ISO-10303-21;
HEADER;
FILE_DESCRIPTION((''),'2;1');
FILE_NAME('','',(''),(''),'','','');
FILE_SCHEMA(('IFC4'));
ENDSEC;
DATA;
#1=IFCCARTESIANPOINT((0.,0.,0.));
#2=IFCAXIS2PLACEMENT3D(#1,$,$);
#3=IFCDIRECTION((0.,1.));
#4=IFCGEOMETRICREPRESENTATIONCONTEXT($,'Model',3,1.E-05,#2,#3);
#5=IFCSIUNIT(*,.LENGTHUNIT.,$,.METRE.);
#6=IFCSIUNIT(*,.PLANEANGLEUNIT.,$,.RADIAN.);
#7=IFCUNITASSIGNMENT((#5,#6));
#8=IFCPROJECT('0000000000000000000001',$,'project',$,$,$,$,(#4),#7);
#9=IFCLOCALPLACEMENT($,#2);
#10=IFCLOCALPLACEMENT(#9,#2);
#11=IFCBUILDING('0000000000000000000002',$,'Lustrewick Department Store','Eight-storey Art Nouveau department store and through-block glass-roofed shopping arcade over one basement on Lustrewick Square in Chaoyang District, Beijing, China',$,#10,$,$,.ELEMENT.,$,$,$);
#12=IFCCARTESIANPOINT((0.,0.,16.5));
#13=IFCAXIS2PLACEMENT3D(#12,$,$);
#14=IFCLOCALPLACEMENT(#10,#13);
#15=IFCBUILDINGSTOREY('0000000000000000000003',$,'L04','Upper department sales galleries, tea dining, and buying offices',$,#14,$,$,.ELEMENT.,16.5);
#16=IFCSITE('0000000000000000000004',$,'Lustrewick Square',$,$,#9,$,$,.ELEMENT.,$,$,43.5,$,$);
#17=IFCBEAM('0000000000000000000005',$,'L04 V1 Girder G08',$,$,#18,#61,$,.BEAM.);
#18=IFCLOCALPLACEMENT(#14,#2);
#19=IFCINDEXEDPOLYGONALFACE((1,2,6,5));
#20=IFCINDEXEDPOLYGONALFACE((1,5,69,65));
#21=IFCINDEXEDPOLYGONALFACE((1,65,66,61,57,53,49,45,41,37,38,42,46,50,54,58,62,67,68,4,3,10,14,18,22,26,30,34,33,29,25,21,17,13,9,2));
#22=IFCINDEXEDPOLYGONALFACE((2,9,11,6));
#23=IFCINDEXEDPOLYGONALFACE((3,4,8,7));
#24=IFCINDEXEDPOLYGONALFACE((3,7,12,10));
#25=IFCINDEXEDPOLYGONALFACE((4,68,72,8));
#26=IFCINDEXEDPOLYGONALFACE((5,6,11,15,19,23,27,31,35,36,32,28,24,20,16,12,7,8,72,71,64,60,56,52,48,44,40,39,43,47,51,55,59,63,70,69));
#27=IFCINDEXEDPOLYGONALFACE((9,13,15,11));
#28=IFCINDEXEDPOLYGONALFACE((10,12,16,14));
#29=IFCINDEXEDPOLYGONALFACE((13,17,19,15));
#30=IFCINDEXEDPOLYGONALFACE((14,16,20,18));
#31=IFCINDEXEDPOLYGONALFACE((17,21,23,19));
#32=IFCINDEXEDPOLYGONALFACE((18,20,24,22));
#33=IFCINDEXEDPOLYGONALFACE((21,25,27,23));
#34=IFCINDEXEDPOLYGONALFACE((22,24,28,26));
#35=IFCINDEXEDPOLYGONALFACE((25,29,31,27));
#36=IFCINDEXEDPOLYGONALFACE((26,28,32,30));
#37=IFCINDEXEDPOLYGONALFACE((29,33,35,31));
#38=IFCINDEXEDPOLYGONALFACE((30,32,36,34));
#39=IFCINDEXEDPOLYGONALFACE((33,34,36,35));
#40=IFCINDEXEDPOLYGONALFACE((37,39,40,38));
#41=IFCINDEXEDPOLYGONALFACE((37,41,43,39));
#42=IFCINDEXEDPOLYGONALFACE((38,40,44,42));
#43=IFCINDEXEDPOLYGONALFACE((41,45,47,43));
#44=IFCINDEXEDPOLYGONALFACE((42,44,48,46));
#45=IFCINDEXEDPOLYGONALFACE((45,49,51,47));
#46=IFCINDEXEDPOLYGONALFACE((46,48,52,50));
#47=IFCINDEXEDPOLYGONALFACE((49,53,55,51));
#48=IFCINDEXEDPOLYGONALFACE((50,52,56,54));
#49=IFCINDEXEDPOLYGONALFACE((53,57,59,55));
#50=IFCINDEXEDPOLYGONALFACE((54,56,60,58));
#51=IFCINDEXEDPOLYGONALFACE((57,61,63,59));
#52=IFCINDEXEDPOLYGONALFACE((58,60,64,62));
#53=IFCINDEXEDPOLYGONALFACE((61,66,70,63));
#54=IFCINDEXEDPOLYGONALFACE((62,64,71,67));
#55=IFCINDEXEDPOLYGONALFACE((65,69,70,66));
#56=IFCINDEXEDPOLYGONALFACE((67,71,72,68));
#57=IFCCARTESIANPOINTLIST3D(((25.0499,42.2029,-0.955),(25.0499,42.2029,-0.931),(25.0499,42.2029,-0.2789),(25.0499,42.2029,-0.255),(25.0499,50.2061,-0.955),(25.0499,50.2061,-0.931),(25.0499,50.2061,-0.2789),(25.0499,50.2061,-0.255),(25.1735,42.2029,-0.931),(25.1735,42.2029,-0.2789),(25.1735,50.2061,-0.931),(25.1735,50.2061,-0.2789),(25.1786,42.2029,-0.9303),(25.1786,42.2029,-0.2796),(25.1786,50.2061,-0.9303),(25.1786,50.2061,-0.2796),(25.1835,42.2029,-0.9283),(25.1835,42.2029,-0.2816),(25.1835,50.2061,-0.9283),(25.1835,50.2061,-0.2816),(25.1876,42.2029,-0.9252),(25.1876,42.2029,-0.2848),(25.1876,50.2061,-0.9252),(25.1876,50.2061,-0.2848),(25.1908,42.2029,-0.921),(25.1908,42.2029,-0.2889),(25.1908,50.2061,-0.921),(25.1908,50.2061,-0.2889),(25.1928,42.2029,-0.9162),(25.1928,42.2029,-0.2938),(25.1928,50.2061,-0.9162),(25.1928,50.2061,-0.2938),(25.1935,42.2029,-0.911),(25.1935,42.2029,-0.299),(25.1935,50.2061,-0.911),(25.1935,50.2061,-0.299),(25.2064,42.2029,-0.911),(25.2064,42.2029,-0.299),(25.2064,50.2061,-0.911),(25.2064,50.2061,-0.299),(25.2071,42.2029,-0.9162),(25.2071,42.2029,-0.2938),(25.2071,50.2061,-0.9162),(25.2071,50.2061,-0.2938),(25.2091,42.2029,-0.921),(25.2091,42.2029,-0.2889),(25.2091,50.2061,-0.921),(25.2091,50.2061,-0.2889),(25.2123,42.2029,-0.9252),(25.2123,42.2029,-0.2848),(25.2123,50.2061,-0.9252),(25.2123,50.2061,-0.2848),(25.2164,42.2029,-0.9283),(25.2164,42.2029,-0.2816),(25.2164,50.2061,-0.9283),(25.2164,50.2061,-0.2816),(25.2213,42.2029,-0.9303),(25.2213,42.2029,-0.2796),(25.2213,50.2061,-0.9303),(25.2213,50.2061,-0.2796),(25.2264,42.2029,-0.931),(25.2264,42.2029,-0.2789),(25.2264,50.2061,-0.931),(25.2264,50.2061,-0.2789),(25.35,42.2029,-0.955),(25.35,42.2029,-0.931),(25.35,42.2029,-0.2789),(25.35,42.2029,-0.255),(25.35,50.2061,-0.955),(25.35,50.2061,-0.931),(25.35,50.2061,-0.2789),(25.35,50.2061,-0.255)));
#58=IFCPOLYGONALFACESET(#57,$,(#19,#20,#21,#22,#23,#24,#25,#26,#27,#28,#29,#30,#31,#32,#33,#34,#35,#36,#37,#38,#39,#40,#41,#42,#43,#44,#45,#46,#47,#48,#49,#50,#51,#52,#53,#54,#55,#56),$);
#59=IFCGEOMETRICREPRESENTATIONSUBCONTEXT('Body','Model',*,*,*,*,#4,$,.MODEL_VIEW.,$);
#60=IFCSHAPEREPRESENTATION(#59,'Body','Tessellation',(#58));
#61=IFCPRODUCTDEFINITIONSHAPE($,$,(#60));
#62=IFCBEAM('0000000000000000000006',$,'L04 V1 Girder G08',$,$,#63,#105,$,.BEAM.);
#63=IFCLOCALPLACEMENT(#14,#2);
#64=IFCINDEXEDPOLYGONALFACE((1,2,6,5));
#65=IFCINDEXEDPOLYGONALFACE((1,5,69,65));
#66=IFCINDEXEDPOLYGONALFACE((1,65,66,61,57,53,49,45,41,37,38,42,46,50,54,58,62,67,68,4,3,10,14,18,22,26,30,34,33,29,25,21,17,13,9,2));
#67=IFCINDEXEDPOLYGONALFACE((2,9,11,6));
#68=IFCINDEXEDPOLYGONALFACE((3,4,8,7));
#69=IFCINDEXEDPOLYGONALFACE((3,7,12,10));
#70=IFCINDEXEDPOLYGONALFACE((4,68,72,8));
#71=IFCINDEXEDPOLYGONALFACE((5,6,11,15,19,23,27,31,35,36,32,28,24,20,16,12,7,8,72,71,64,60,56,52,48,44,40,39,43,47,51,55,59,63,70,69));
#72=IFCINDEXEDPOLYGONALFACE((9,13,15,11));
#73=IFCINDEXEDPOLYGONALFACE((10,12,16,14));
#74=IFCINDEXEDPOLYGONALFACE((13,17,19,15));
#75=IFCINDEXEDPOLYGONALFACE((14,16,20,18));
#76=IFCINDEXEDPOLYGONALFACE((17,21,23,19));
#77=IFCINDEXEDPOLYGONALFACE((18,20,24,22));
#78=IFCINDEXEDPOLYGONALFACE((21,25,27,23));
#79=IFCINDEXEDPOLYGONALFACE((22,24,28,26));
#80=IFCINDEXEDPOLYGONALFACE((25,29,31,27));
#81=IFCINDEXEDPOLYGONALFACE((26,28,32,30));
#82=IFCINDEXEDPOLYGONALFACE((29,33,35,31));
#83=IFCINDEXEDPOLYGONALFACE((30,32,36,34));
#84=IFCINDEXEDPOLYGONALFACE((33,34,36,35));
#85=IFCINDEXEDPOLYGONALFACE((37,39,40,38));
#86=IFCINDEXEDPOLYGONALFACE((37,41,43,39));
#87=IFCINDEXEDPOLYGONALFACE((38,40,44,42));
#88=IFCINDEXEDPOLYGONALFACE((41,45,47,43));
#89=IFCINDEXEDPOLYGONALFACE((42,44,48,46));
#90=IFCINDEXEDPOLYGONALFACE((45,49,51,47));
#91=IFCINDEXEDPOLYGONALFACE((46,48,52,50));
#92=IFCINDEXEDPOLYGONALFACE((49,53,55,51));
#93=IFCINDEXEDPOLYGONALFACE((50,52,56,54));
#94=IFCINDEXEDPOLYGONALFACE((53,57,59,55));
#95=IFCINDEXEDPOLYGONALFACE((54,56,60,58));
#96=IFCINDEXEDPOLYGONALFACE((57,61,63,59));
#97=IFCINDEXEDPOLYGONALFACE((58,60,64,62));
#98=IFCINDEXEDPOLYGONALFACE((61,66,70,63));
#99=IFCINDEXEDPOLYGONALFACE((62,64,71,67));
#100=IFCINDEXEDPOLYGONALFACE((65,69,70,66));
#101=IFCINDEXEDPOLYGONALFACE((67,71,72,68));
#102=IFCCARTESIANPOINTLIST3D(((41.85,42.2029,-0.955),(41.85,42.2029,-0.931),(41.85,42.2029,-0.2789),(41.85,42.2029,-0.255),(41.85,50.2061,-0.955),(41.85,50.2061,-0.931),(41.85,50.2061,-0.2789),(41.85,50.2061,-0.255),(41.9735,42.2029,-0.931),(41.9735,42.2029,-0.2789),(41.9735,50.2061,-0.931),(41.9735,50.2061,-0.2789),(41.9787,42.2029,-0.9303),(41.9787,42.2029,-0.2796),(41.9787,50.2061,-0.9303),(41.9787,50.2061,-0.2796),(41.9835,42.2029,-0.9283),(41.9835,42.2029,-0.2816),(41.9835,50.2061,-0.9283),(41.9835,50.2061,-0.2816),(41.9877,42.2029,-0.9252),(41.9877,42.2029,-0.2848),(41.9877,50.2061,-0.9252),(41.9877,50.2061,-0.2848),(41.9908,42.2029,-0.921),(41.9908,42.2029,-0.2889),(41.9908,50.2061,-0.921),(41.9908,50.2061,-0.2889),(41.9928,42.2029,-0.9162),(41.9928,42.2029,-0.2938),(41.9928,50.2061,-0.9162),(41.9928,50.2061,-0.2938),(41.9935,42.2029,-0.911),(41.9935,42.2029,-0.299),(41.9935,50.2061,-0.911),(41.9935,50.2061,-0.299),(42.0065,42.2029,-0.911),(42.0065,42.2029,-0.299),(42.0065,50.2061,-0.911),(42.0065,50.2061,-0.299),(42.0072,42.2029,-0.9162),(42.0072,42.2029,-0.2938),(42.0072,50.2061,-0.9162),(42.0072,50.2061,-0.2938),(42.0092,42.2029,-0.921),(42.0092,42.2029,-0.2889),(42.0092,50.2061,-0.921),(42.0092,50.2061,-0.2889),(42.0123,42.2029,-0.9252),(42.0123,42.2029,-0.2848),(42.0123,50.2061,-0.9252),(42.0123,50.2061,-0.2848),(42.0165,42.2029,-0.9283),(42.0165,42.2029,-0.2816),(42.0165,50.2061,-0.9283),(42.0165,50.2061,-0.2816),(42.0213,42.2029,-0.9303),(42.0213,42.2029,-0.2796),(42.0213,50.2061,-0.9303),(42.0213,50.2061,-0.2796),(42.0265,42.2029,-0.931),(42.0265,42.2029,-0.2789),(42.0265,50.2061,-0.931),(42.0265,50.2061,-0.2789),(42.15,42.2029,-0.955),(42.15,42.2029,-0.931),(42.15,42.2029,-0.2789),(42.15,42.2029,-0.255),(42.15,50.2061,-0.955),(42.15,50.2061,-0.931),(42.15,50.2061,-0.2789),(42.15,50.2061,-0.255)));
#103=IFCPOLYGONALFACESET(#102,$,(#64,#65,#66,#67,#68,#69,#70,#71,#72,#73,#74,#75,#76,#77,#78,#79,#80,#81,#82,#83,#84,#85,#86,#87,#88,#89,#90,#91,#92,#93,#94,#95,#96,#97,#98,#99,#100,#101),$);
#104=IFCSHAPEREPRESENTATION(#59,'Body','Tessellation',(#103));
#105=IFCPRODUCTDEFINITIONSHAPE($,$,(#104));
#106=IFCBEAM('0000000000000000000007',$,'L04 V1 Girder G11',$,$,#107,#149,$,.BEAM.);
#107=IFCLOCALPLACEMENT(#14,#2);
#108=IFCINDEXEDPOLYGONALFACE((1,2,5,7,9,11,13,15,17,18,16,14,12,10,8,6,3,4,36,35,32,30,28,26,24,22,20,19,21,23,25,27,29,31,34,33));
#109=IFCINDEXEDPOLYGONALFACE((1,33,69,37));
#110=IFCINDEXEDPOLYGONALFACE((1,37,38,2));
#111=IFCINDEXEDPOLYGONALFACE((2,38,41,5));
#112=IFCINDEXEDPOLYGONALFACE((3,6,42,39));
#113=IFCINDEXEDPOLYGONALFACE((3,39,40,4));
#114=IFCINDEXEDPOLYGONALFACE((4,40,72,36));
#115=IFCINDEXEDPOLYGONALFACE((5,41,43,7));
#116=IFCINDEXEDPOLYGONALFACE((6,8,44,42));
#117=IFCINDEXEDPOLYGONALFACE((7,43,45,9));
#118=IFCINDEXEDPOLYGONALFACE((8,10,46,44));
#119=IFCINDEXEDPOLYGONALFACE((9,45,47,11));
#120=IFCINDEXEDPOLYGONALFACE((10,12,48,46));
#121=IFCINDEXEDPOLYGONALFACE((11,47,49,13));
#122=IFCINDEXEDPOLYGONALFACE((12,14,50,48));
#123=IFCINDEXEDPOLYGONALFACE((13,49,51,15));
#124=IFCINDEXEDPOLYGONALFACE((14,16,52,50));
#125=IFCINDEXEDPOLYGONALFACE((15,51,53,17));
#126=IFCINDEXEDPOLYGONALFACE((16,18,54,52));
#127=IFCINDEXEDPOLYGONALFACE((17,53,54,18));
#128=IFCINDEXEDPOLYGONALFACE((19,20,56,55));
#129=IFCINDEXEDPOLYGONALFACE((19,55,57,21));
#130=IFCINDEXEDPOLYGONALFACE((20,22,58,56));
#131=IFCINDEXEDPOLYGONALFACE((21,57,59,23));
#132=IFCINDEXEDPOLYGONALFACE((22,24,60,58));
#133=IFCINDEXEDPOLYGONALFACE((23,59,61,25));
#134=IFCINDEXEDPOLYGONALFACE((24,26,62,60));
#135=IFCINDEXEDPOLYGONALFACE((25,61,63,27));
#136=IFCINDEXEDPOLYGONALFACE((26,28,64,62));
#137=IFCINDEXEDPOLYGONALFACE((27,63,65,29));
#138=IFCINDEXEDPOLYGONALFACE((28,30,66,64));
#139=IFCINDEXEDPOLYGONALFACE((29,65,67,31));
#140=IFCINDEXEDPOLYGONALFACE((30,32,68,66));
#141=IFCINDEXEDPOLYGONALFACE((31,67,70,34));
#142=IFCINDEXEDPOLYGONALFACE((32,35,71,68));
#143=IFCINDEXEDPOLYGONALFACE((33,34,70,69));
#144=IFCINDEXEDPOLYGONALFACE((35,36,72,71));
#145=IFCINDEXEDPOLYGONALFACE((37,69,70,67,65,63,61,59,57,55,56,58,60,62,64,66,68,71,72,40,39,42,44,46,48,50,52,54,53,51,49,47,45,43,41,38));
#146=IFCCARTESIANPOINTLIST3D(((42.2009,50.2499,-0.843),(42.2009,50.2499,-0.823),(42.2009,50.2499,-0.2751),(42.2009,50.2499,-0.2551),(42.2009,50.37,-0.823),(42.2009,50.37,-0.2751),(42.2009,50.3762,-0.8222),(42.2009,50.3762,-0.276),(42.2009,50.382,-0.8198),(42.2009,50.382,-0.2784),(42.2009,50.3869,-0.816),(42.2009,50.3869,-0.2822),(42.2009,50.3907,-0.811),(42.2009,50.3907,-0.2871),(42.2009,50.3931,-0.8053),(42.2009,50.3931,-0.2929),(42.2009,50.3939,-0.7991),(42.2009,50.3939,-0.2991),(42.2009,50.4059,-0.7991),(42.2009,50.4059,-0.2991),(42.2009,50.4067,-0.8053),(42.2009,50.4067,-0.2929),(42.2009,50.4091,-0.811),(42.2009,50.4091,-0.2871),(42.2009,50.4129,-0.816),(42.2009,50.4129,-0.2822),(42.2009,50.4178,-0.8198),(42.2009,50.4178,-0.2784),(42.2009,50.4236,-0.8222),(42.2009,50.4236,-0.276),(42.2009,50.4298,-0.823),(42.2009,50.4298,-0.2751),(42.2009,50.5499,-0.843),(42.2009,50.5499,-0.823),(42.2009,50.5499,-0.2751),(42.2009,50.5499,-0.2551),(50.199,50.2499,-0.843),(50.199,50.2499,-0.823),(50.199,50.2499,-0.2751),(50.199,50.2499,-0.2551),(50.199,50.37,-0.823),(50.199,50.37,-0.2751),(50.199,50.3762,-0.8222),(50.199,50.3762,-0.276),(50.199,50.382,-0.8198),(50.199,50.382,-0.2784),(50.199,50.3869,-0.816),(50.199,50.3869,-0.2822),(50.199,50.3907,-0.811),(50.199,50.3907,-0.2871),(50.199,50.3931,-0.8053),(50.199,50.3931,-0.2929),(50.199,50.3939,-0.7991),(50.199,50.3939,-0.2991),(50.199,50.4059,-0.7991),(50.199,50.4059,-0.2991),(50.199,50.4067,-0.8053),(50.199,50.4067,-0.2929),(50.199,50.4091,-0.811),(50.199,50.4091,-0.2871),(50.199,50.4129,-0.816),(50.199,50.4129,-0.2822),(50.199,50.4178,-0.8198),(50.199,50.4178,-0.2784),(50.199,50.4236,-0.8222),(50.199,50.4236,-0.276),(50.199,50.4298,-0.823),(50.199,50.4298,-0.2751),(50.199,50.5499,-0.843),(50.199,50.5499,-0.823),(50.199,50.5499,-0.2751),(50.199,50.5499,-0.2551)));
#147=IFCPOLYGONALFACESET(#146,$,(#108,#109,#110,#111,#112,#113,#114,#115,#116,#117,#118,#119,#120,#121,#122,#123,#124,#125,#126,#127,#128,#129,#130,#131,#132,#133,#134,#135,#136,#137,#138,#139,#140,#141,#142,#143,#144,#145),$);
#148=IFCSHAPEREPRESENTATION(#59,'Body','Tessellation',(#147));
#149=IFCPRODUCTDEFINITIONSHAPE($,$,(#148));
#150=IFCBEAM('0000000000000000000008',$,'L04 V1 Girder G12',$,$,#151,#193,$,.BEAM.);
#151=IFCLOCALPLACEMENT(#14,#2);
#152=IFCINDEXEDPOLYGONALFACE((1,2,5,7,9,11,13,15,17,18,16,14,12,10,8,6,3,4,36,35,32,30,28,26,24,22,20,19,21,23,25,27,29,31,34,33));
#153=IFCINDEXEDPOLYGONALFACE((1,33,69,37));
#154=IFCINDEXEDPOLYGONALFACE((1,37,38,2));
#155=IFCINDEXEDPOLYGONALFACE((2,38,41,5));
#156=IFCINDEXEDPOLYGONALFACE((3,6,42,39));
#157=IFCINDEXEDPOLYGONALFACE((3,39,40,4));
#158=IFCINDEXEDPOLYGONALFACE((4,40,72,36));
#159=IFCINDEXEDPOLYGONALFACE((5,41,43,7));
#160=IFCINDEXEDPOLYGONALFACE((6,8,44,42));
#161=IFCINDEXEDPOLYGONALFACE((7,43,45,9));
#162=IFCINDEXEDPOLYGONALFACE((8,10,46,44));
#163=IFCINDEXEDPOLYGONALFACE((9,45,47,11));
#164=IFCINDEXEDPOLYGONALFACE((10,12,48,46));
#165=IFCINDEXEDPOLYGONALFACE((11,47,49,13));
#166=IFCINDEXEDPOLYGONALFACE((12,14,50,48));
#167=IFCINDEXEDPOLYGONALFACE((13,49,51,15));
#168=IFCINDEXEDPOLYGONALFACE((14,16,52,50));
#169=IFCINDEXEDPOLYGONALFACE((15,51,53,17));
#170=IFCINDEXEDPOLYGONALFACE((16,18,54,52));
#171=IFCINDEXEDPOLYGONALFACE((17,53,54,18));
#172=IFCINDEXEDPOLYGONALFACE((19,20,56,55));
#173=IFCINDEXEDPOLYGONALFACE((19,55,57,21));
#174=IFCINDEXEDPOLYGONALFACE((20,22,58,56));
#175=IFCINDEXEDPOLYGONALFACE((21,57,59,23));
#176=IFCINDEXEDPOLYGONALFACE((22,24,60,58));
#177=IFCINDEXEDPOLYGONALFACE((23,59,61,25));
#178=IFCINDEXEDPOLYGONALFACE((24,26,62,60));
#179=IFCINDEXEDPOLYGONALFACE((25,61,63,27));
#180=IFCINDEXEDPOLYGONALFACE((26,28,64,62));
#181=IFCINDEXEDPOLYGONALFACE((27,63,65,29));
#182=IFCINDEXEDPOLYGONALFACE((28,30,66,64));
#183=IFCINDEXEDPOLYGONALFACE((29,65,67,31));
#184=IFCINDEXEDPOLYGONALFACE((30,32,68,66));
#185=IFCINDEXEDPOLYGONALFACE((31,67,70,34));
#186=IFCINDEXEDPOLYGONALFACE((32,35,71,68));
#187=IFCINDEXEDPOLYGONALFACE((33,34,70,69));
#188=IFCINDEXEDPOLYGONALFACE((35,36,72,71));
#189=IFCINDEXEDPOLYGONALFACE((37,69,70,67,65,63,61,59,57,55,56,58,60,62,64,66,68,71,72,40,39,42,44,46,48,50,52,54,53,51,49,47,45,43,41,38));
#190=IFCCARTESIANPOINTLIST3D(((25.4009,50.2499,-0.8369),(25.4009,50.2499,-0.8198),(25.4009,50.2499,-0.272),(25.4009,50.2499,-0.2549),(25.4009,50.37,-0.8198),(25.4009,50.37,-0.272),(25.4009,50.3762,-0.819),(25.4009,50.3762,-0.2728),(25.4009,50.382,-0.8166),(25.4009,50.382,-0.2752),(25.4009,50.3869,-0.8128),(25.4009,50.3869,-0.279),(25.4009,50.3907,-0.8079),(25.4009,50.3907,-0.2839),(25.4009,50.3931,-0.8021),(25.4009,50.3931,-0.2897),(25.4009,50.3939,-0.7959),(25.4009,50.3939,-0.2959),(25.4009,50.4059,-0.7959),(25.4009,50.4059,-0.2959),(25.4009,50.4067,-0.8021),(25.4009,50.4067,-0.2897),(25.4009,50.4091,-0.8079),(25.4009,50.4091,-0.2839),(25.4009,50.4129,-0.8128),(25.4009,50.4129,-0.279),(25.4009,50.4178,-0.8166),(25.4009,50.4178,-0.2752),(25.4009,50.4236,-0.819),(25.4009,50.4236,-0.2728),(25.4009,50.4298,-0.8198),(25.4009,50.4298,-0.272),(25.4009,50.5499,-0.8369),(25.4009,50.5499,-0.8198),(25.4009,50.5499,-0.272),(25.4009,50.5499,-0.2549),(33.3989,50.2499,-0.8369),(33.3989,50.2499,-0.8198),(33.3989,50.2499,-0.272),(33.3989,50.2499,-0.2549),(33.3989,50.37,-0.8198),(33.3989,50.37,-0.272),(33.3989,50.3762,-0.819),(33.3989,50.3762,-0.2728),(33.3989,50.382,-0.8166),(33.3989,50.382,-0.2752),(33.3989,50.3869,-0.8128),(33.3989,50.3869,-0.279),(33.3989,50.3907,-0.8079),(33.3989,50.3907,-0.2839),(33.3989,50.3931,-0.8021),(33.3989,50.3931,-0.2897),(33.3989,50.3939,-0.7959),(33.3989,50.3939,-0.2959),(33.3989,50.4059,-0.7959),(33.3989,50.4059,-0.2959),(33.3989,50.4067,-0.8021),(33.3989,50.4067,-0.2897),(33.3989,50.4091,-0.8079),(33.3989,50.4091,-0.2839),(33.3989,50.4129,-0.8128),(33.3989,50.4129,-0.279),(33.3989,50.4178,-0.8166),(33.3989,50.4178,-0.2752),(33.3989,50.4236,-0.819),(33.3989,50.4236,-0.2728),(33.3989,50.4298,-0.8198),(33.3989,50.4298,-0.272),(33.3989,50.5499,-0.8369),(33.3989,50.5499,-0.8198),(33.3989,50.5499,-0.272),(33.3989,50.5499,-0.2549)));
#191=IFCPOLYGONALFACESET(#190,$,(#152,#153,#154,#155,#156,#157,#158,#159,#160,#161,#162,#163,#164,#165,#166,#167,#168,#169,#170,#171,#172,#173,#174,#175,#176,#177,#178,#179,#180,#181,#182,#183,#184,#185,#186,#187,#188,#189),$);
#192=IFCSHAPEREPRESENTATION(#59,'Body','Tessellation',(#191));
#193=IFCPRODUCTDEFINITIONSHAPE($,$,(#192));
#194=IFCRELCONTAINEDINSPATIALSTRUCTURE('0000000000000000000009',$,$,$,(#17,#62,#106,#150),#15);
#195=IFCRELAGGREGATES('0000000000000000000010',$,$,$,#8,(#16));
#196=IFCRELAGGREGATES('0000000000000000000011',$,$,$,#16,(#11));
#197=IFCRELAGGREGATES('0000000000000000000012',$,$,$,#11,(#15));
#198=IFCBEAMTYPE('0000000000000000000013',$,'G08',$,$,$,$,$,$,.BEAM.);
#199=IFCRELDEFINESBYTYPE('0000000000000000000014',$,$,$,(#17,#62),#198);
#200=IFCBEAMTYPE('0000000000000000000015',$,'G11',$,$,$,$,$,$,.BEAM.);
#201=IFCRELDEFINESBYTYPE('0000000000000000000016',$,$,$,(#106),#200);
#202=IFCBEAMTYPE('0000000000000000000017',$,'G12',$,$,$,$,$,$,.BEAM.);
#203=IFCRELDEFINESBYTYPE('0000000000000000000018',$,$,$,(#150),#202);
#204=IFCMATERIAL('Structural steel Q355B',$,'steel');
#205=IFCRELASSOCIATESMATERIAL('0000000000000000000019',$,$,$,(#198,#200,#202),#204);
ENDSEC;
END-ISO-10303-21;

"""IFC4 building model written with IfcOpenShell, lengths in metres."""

from ifc_helpers import new_model, si_unit, direction, frame, origin, origin_2d, place, context, subcontext, project, spatial, i_section, extrude, material, material_profile, profile_set, type_object, element, save


model = new_model("IFC4")

# Units and contexts
model_context = context("Model", 3, precision=1e-05, world=origin(), true_north=direction((0.0, 1.0)))
body_context = subcontext(model_context, "Body", "Model", "MODEL_VIEW")
ifc_project = project(units=[si_unit("LENGTHUNIT", "METRE"), si_unit("PLANEANGLEUNIT", "RADIAN")], contexts=[model_context])

# Site, building, storey
site_placement = place(None, origin())
site = spatial("IfcSite", under=ifc_project, at=site_placement, Name="Lustrewick Square", CompositionType="ELEMENT", RefElevation=43.5)
building_placement = place(site_placement, origin())
building = spatial("IfcBuilding", under=site, at=building_placement, Name="Lustrewick Department Store", Description="Eight-storey Art Nouveau department store and through-block glass-roofed shopping arcade over one basement on Lustrewick Square in Chaoyang District, Beijing, China", CompositionType="ELEMENT")
storey_placement = place(building_placement, frame((0.0, 0.0, 16.5)))
storey = spatial("IfcBuildingStorey", under=building, at=storey_placement, Name="L04", Description="Upper department sales galleries, tea dining, and buying offices", CompositionType="ELEMENT", Elevation=16.5)

# Shared definitions
ifc_material_1 = material(Name="Structural steel Q355B", Category="steel")

# Beams
ifc_material_profile_1 = material_profile(ifc_material_1, i_section(OverallWidth=0.3, OverallDepth=0.7, WebThickness=0.0129, FlangeThickness=0.0239, FilletRadius=0.02, at=origin_2d()), Name="HN 700x300x13x24")
ifc_profile_set_1 = profile_set([ifc_material_profile_1], Name="Structural steel Q355B")
beam_type_1 = type_object("IfcBeamType", Name="G08", PredefinedType="BEAM", material=ifc_profile_set_1)
for number, where, z_axis, x_axis, name in (
    (1, (25.2, 42.2029, -0.605), (0.0, 1.0, 0.0), (-1.0, 0.0, 0.0), "L04 V1 Girder G08"),
    (2, (42.0, 42.2029, -0.605), (0.0, 1.0, 0.0), (-1.0, 0.0, 0.0), "L04 V1 Girder G08"),
):
    element("IfcBeam", number, at=place(storey_placement, frame(where, z_axis=z_axis, x_axis=x_axis)), inside=storey, type_object=beam_type_1, Name=name, PredefinedType="BEAM", context=body_context, shape_type="SweptSolid", body=[
        extrude(i_section(OverallWidth=0.3, OverallDepth=0.7, WebThickness=0.0129, FlangeThickness=0.0239, FilletRadius=0.02, at=origin_2d()), origin(), (0.0, 0.0, 1.0), 8.0032),
    ])
ifc_material_profile_2 = material_profile(ifc_material_1, i_section(OverallWidth=0.3, OverallDepth=0.5879, WebThickness=0.012, FlangeThickness=0.02, FilletRadius=0.0239, at=origin_2d()), Name="HM 588x300x12x20")
ifc_profile_set_2 = profile_set([ifc_material_profile_2], Name="Structural steel Q355B")
beam_type_2 = type_object("IfcBeamType", Name="G11", PredefinedType="BEAM", material=ifc_profile_set_2)
beam_1_placement = place(storey_placement, frame((42.2009, 50.3999, -0.5491), z_axis=(1.0, 0.0, 0.0), x_axis=(0.0, 1.0, 0.0)))
element("IfcBeam", 3, at=beam_1_placement, inside=storey, type_object=beam_type_2, Name="L04 V1 Girder G11", PredefinedType="BEAM", context=body_context, shape_type="SweptSolid", body=[
    extrude(i_section(OverallWidth=0.3, OverallDepth=0.5879, WebThickness=0.012, FlangeThickness=0.02, FilletRadius=0.0239, at=origin_2d()), origin(), (0.0, 0.0, 1.0), 7.998),
])
ifc_material_profile_3 = material_profile(ifc_material_1, i_section(OverallWidth=0.3, OverallDepth=0.582, WebThickness=0.012, FlangeThickness=0.0171, FilletRadius=0.0239, at=origin_2d()), Name="HM 582x300x12x17")
ifc_profile_set_3 = profile_set([ifc_material_profile_3], Name="Structural steel Q355B")
beam_type_3 = type_object("IfcBeamType", Name="G12", PredefinedType="BEAM", material=ifc_profile_set_3)
beam_2_placement = place(storey_placement, frame((25.4009, 50.3999, -0.5459), z_axis=(1.0, 0.0, 0.0), x_axis=(0.0, 1.0, 0.0)))
element("IfcBeam", 4, at=beam_2_placement, inside=storey, type_object=beam_type_3, Name="L04 V1 Girder G12", PredefinedType="BEAM", context=body_context, shape_type="SweptSolid", body=[
    extrude(i_section(OverallWidth=0.3, OverallDepth=0.582, WebThickness=0.012, FlangeThickness=0.0171, FilletRadius=0.0239, at=origin_2d()), origin(), (0.0, 0.0, 1.0), 7.998),
])

save(model, "model.ifc")
